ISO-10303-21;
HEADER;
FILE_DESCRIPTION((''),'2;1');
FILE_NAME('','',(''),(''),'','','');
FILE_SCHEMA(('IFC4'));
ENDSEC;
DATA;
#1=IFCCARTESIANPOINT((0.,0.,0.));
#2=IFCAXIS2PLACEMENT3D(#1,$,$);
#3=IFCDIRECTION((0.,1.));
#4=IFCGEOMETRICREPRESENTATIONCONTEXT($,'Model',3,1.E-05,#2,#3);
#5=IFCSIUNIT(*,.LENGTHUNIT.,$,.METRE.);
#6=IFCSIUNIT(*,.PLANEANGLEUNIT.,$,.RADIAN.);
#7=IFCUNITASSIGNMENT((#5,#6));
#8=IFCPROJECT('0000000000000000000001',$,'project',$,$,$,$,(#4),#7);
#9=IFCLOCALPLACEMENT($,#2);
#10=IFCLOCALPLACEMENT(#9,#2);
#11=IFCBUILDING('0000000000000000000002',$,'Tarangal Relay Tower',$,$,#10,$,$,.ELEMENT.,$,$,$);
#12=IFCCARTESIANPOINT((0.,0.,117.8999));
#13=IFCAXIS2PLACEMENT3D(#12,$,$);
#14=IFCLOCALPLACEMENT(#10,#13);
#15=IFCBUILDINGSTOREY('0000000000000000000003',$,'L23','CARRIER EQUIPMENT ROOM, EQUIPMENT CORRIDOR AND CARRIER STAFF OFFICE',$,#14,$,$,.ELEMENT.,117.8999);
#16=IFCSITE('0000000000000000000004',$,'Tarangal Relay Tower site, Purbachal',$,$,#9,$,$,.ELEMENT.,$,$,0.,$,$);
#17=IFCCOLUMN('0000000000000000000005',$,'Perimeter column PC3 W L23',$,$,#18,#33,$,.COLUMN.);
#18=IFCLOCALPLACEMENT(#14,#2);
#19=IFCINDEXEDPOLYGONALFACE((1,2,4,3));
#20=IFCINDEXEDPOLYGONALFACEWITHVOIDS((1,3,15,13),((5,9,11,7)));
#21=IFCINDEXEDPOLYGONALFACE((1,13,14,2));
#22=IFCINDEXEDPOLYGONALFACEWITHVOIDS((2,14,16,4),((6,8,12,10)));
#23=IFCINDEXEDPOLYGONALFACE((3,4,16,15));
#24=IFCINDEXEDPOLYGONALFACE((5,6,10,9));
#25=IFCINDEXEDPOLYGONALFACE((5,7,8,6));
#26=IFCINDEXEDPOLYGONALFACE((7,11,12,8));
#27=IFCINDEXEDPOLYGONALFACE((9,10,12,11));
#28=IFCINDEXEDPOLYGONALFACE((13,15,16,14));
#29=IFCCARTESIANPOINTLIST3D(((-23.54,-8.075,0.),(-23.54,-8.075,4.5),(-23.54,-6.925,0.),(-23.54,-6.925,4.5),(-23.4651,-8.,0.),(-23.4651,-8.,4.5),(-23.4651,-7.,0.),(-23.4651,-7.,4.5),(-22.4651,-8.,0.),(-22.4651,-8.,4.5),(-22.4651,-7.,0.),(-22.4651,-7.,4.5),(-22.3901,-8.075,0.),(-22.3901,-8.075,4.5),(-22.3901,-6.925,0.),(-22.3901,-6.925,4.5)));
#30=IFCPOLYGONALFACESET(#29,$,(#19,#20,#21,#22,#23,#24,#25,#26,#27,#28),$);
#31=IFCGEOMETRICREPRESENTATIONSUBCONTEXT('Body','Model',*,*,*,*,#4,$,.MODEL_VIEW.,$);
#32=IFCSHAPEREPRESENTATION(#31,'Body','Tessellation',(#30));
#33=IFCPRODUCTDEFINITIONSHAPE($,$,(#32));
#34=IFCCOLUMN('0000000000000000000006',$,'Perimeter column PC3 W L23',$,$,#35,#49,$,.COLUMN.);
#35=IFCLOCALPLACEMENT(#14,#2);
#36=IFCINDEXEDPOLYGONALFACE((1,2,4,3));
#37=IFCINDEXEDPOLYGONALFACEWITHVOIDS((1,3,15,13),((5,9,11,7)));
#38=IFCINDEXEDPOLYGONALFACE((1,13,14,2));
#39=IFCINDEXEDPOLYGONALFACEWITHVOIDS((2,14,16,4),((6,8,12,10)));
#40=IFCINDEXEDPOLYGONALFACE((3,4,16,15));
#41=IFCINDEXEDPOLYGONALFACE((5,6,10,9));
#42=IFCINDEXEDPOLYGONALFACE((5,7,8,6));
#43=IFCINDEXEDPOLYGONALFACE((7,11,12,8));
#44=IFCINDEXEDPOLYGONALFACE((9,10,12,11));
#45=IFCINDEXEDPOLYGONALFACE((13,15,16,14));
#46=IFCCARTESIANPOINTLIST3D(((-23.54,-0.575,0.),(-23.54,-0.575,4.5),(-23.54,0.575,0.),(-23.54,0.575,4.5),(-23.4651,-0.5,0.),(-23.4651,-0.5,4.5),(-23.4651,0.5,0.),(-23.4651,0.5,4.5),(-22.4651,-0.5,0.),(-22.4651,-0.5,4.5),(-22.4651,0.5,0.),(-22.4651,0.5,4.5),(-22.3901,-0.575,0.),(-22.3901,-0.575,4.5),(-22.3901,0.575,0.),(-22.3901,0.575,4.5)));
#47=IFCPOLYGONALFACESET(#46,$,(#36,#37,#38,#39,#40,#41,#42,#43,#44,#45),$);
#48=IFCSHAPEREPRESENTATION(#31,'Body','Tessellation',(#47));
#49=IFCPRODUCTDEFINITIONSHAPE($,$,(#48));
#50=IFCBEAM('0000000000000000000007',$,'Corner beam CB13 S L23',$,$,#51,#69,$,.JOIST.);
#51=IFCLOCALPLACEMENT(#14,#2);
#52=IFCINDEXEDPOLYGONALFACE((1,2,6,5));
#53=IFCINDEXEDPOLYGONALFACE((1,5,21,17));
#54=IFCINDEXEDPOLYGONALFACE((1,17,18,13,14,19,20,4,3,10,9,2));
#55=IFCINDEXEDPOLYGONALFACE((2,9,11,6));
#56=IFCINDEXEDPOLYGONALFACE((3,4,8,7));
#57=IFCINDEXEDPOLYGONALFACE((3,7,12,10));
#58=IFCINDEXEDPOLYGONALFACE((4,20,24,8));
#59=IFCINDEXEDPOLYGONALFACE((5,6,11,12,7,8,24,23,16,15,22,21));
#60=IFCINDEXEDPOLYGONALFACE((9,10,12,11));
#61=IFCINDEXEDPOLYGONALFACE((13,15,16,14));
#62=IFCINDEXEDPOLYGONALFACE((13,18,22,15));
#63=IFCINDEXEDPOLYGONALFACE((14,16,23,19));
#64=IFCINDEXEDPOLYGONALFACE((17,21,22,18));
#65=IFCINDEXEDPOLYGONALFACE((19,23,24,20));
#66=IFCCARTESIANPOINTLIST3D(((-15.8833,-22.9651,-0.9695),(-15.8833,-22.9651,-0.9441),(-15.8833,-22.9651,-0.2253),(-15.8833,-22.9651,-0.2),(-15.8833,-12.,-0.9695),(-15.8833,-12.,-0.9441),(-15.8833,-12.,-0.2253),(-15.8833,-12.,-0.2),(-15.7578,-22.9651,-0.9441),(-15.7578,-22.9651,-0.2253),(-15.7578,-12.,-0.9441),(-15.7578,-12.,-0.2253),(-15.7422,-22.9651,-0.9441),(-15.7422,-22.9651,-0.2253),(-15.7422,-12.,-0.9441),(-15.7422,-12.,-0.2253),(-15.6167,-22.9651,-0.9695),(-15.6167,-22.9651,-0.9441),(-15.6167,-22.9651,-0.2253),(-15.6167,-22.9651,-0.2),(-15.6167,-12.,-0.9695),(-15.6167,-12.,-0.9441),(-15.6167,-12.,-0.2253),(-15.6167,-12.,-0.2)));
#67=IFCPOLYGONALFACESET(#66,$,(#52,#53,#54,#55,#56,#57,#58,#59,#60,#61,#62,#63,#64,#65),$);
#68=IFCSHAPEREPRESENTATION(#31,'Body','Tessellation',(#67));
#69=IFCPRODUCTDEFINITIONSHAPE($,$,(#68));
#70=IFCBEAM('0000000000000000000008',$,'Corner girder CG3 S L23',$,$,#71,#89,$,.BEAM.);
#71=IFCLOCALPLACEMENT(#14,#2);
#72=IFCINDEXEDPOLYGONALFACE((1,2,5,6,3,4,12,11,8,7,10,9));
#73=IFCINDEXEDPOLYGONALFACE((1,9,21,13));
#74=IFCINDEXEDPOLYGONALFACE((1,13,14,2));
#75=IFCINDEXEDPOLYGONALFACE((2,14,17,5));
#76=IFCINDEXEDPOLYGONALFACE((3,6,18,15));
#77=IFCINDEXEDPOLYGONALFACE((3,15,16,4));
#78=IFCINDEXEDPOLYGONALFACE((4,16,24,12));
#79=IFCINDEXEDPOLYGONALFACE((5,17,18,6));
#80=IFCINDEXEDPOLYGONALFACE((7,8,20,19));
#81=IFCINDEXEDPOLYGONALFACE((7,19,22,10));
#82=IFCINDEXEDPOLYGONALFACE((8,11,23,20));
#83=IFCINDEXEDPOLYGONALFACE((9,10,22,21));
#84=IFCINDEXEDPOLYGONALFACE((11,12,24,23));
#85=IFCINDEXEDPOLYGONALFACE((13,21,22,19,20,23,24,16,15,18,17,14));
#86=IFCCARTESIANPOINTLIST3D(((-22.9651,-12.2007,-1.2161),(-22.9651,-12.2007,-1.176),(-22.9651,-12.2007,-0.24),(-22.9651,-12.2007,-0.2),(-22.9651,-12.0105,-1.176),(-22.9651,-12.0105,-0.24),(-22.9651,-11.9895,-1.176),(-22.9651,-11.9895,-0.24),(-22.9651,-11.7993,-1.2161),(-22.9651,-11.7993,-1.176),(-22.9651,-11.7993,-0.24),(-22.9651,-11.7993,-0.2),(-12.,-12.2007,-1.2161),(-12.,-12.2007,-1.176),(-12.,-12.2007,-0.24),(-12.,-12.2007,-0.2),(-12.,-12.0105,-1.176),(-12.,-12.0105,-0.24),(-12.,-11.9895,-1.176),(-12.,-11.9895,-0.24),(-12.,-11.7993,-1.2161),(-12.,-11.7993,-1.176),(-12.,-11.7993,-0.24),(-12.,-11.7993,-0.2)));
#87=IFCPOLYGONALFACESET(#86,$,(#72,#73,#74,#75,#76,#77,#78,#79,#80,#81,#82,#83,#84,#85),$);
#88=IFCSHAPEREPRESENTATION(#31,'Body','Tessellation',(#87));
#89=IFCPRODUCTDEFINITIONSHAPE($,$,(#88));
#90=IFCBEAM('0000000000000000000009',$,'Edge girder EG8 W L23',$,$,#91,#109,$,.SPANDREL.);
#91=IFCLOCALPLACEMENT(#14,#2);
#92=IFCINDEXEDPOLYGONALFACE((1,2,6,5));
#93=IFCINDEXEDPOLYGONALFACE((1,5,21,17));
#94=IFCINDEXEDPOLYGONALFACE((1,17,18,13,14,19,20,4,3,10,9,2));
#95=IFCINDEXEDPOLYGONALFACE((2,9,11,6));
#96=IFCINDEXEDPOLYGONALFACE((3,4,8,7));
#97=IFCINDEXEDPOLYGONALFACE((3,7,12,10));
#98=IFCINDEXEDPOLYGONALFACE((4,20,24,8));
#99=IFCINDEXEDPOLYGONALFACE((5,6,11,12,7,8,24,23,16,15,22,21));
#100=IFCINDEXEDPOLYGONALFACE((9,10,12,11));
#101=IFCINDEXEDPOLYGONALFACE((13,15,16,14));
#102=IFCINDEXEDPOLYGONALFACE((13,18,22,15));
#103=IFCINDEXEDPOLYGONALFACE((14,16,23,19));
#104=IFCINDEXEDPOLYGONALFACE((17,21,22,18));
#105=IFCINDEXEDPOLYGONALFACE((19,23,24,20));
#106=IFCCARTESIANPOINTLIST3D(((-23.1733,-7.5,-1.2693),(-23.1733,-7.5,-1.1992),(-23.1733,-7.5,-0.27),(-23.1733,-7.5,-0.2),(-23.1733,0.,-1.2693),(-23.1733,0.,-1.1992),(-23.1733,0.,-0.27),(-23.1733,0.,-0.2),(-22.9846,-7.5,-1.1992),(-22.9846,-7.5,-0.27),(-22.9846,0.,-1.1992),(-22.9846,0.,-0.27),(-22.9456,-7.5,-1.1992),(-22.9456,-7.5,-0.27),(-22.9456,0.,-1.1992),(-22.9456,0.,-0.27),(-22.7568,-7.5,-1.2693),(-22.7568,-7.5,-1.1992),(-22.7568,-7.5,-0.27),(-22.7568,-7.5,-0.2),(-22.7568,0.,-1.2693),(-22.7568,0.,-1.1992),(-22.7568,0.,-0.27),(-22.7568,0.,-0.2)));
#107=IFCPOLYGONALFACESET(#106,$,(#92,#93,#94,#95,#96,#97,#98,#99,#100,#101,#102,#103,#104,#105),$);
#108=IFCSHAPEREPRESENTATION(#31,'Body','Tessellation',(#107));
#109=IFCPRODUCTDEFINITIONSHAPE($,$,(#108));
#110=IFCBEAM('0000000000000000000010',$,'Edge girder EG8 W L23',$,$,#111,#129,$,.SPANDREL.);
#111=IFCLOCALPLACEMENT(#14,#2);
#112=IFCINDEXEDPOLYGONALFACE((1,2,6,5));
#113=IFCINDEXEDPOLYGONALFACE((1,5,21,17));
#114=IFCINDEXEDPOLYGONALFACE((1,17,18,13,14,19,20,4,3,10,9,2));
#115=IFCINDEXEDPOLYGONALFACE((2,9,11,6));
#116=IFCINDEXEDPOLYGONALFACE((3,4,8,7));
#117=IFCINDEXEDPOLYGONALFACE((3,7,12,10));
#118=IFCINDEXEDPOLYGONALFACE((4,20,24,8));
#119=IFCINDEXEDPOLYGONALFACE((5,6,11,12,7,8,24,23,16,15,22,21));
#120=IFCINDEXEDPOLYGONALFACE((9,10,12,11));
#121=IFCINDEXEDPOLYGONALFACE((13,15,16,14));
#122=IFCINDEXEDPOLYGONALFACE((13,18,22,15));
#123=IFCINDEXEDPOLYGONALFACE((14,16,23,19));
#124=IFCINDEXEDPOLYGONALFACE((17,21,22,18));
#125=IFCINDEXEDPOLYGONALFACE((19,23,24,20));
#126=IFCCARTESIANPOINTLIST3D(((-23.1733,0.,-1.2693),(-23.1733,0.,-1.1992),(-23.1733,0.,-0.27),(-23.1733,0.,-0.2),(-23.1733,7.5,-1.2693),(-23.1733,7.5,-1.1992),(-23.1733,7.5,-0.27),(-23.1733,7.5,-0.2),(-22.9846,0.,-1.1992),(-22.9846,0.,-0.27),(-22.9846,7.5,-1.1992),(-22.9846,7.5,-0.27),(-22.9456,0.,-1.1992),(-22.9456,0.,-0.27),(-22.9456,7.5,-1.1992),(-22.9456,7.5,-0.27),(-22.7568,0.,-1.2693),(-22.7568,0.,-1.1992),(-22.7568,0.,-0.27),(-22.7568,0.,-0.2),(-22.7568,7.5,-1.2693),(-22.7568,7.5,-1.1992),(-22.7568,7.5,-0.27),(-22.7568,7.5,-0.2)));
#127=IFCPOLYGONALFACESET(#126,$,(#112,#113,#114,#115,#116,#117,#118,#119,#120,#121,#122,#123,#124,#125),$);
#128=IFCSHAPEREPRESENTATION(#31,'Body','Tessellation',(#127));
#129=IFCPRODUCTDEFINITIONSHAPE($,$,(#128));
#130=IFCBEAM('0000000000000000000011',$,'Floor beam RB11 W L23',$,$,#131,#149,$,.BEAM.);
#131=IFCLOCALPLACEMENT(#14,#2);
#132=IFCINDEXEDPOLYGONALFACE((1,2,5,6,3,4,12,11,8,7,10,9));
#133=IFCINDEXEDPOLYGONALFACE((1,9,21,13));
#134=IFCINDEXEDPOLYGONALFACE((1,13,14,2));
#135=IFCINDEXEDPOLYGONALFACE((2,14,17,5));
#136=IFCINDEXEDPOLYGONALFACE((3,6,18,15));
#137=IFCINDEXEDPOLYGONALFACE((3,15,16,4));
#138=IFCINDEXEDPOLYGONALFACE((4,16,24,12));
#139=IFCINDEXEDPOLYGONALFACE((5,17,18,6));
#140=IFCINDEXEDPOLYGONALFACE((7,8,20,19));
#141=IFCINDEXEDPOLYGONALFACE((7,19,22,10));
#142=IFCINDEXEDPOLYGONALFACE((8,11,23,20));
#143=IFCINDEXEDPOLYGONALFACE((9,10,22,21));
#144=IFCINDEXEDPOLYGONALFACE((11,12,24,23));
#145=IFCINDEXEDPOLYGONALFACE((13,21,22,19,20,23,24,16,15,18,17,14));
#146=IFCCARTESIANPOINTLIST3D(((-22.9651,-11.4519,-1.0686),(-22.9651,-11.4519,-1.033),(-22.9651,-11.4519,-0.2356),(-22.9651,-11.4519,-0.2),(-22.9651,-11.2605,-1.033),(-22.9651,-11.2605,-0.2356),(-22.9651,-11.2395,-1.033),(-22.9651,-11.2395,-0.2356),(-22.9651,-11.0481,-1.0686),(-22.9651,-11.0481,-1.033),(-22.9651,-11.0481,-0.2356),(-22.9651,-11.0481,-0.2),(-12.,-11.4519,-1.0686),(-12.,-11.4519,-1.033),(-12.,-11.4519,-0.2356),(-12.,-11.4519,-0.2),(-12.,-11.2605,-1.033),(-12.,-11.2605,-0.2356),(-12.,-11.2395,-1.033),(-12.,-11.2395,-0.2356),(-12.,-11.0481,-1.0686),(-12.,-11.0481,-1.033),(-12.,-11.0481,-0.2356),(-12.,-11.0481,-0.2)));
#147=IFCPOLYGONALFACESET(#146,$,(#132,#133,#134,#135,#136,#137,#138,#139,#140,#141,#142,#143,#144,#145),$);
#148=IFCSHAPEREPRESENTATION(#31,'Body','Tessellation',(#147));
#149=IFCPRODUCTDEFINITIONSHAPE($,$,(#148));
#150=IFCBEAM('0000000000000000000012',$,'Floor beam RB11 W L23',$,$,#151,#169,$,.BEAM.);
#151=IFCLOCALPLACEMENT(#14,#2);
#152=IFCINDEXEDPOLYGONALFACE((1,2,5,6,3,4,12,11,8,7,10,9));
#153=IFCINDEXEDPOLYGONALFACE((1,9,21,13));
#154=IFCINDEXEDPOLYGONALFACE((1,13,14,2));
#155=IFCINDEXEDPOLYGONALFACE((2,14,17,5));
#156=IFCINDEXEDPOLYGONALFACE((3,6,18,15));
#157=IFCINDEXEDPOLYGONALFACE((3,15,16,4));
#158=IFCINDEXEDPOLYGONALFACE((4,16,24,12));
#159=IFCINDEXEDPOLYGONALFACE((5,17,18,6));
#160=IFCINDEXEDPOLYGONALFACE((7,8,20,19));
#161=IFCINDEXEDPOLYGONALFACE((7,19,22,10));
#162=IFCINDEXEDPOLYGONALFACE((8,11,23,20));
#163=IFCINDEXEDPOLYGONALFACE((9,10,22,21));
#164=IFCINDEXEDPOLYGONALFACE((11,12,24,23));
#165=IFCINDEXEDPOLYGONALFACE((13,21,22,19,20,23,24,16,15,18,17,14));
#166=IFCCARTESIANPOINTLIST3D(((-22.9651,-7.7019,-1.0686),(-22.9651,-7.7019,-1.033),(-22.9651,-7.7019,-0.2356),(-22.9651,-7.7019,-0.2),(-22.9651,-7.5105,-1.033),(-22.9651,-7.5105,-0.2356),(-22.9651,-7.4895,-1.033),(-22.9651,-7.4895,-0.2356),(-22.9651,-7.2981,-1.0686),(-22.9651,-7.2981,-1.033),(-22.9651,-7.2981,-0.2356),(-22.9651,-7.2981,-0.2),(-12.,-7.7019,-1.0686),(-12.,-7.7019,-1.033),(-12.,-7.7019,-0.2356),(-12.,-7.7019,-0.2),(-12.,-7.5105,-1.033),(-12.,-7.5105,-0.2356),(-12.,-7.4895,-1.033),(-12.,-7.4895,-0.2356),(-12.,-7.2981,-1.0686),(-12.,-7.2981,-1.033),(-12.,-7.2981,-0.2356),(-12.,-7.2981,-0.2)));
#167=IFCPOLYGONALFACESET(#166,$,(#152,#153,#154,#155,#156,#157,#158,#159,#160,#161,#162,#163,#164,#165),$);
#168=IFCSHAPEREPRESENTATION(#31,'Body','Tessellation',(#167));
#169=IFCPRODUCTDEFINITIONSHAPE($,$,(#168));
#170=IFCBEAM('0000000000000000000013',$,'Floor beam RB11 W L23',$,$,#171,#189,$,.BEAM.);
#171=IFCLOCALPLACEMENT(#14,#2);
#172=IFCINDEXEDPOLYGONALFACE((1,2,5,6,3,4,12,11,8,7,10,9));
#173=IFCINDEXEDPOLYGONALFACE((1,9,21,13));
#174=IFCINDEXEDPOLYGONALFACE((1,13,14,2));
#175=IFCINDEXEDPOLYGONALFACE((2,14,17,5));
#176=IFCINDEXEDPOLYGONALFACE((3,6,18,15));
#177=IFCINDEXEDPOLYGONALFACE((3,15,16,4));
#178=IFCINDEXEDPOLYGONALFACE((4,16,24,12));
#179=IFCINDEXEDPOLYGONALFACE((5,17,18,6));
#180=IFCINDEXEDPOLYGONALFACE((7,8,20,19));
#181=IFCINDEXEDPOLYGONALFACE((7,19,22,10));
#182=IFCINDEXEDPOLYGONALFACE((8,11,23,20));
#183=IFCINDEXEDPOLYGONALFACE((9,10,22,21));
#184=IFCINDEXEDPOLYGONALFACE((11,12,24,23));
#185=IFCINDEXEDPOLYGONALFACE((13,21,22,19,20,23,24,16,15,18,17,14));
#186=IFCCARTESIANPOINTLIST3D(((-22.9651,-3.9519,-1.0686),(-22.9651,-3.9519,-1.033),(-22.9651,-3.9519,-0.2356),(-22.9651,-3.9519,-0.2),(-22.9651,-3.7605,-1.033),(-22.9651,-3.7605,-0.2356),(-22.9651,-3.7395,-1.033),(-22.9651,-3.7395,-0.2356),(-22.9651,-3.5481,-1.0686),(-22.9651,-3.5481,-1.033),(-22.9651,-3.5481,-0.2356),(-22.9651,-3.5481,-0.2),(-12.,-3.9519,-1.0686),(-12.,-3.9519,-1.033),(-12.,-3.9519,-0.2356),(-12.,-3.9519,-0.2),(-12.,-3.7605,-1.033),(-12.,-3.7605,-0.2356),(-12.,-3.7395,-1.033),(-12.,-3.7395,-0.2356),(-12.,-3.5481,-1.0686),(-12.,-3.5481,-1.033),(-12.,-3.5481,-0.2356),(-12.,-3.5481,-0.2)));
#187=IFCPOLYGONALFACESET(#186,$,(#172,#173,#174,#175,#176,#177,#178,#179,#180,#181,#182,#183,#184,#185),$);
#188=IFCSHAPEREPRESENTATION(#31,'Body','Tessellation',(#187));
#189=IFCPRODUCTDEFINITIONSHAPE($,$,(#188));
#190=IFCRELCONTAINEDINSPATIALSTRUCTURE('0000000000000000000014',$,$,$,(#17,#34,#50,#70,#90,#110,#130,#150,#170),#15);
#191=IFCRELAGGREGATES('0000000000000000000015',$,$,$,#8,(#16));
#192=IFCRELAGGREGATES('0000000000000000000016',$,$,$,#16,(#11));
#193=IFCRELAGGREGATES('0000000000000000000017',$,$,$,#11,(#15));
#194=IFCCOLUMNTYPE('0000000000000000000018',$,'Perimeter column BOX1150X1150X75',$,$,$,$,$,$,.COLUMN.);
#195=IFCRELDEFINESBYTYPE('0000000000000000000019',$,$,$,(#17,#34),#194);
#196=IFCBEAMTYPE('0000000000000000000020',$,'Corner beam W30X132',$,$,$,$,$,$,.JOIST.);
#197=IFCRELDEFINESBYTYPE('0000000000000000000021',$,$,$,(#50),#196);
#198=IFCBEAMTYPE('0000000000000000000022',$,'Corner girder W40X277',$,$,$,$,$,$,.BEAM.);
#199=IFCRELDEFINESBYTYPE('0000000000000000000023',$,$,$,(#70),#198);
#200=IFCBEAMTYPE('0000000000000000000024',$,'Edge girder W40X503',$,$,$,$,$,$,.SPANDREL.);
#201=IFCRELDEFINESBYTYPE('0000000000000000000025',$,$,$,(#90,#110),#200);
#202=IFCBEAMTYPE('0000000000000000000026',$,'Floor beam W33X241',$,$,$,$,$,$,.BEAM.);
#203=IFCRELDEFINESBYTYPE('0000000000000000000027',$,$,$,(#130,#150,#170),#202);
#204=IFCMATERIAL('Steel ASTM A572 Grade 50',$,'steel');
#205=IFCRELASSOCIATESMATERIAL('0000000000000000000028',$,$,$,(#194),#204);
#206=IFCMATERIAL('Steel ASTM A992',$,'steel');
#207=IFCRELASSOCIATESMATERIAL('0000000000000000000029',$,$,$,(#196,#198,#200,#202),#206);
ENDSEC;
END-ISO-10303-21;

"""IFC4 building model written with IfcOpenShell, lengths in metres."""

from ifc_helpers import new_model, si_unit, direction, frame, origin, origin_2d, place, context, subcontext, project, spatial, hollow_rectangle, i_section, extrude, material, material_profile, profile_set, type_object, element, save


model = new_model("IFC4")

# Units and contexts
model_context = context("Model", 3, precision=1e-05, world=origin(), true_north=direction((0.0, 1.0)))
body_context = subcontext(model_context, "Body", "Model", "MODEL_VIEW")
ifc_project = project(units=[si_unit("LENGTHUNIT", "METRE"), si_unit("PLANEANGLEUNIT", "RADIAN")], contexts=[model_context])

# Site, building, storey
site_placement = place(None, origin())
site = spatial("IfcSite", under=ifc_project, at=site_placement, Name="Tarangal Relay Tower site, Purbachal", CompositionType="ELEMENT", RefElevation=0.0)
building_placement = place(site_placement, origin())
building = spatial("IfcBuilding", under=site, at=building_placement, Name="Tarangal Relay Tower", CompositionType="ELEMENT")
storey_placement = place(building_placement, frame((0.0, 0.0, 117.8999)))
storey = spatial("IfcBuildingStorey", under=building, at=storey_placement, Name="L23", Description="CARRIER EQUIPMENT ROOM, EQUIPMENT CORRIDOR AND CARRIER STAFF OFFICE", CompositionType="ELEMENT", Elevation=117.8999)

# Columns
ifc_material_1 = material(Name="Steel ASTM A572 Grade 50", Category="steel")
ifc_material_profile_1 = material_profile(ifc_material_1, hollow_rectangle(XDim=1.1499, YDim=1.1499, WallThickness=0.075, at=origin_2d()), Name="BOX1150X1150X75")
ifc_profile_set_1 = profile_set([ifc_material_profile_1], Name="Steel ASTM A572 Grade 50")
column_type = type_object("IfcColumnType", Name="Perimeter column BOX1150X1150X75", PredefinedType="COLUMN", material=ifc_profile_set_1)
for number, where, z_axis, x_axis, name in (
    (1, (-22.9651, -7.5, 0.0), (0.0, 0.0, 1.0), (1.0, 0.0, 0.0), "Perimeter column PC3 W L23"),
    (2, (-22.9651, 0.0, 0.0), (0.0, 0.0, 1.0), (1.0, 0.0, 0.0), "Perimeter column PC3 W L23"),
):
    element("IfcColumn", number, at=place(storey_placement, frame(where, z_axis=z_axis, x_axis=x_axis)), inside=storey, type_object=column_type, Name=name, PredefinedType="COLUMN", context=body_context, shape_type="SweptSolid", body=[
        extrude(hollow_rectangle(XDim=1.1499, YDim=1.1499, WallThickness=0.075, at=origin_2d()), origin(), (0.0, 0.0, 1.0), 4.5),
    ])

# Beams
ifc_material_2 = material(Name="Steel ASTM A992", Category="steel")
ifc_material_profile_2 = material_profile(ifc_material_2, i_section(OverallWidth=0.2666, OverallDepth=0.7695, WebThickness=0.0156, FlangeThickness=0.0254, at=origin_2d()), Name="W30X132")
ifc_profile_set_2 = profile_set([ifc_material_profile_2], Name="Steel ASTM A992")
beam_type_1 = type_object("IfcBeamType", Name="Corner beam W30X132", PredefinedType="JOIST", material=ifc_profile_set_2)
beam_1_placement = place(storey_placement, frame((-15.75, -12.0, -0.5847), z_axis=(0.0, -1.0, 0.0), x_axis=(1.0, 0.0, 0.0)))
element("IfcBeam", 3, at=beam_1_placement, inside=storey, type_object=beam_type_1, Name="Corner beam CB13 S L23", PredefinedType="JOIST", context=body_context, shape_type="SweptSolid", body=[
    extrude(i_section(OverallWidth=0.2666, OverallDepth=0.7695, WebThickness=0.0156, FlangeThickness=0.0254, at=origin_2d()), origin(), (0.0, 0.0, 1.0), 10.9651),
])
ifc_material_profile_3 = material_profile(ifc_material_2, i_section(OverallWidth=0.4014, OverallDepth=1.0161, WebThickness=0.021, FlangeThickness=0.04, at=origin_2d()), Name="W40X277")
ifc_profile_set_3 = profile_set([ifc_material_profile_3], Name="Steel ASTM A992")
beam_type_2 = type_object("IfcBeamType", Name="Corner girder W40X277", PredefinedType="BEAM", material=ifc_profile_set_3)
beam_2_placement = place(storey_placement, frame((-12.0, -12.0, -0.708), z_axis=(-1.0, 0.0, 0.0), x_axis=(0.0, -1.0, 0.0)))
element("IfcBeam", 4, at=beam_2_placement, inside=storey, type_object=beam_type_2, Name="Corner girder CG3 S L23", PredefinedType="BEAM", context=body_context, shape_type="SweptSolid", body=[
    extrude(i_section(OverallWidth=0.4014, OverallDepth=1.0161, WebThickness=0.021, FlangeThickness=0.04, at=origin_2d()), origin(), (0.0, 0.0, 1.0), 10.9651),
])
ifc_material_profile_4 = material_profile(ifc_material_2, i_section(OverallWidth=0.4165, OverallDepth=1.0693, WebThickness=0.0391, FlangeThickness=0.0701, at=origin_2d()), Name="W40X503")
ifc_profile_set_4 = profile_set([ifc_material_profile_4], Name="Steel ASTM A992")
beam_type_3 = type_object("IfcBeamType", Name="Edge girder W40X503", PredefinedType="SPANDREL", material=ifc_profile_set_4)
for number, where, z_axis, x_axis, name in (
    (5, (-22.9651, -7.5, -0.7346), (0.0, 1.0, 0.0), (-1.0, 0.0, 0.0), "Edge girder EG8 W L23"),
    (6, (-22.9651, 0.0, -0.7346), (0.0, 1.0, 0.0), (-1.0, 0.0, 0.0), "Edge girder EG8 W L23"),
):
    element("IfcBeam", number, at=place(storey_placement, frame(where, z_axis=z_axis, x_axis=x_axis)), inside=storey, type_object=beam_type_3, Name=name, PredefinedType="SPANDREL", context=body_context, shape_type="SweptSolid", body=[
        extrude(i_section(OverallWidth=0.4165, OverallDepth=1.0693, WebThickness=0.0391, FlangeThickness=0.0701, at=origin_2d()), origin(), (0.0, 0.0, 1.0), 7.5),
    ])
ifc_material_profile_5 = material_profile(ifc_material_2, i_section(OverallWidth=0.4038, OverallDepth=0.8687, WebThickness=0.021, FlangeThickness=0.0356, at=origin_2d()), Name="W33X241")
ifc_profile_set_5 = profile_set([ifc_material_profile_5], Name="Steel ASTM A992")
beam_type_4 = type_object("IfcBeamType", Name="Floor beam W33X241", PredefinedType="BEAM", material=ifc_profile_set_5)
for number, where, z_axis, x_axis, name in (
    (7, (-12.0, -11.25, -0.6343), (-1.0, 0.0, 0.0), (0.0, -1.0, 0.0), "Floor beam RB11 W L23"),
    (8, (-12.0, -7.5, -0.6343), (-1.0, 0.0, 0.0), (0.0, -1.0, 0.0), "Floor beam RB11 W L23"),
    (9, (-12.0, -3.75, -0.6343), (-1.0, 0.0, 0.0), (0.0, -1.0, 0.0), "Floor beam RB11 W L23"),
):
    element("IfcBeam", number, at=place(storey_placement, frame(where, z_axis=z_axis, x_axis=x_axis)), inside=storey, type_object=beam_type_4, Name=name, PredefinedType="BEAM", context=body_context, shape_type="SweptSolid", body=[
        extrude(i_section(OverallWidth=0.4038, OverallDepth=0.8687, WebThickness=0.021, FlangeThickness=0.0356, at=origin_2d()), origin(), (0.0, 0.0, 1.0), 10.9651),
    ])

save(model, "model.ifc")
